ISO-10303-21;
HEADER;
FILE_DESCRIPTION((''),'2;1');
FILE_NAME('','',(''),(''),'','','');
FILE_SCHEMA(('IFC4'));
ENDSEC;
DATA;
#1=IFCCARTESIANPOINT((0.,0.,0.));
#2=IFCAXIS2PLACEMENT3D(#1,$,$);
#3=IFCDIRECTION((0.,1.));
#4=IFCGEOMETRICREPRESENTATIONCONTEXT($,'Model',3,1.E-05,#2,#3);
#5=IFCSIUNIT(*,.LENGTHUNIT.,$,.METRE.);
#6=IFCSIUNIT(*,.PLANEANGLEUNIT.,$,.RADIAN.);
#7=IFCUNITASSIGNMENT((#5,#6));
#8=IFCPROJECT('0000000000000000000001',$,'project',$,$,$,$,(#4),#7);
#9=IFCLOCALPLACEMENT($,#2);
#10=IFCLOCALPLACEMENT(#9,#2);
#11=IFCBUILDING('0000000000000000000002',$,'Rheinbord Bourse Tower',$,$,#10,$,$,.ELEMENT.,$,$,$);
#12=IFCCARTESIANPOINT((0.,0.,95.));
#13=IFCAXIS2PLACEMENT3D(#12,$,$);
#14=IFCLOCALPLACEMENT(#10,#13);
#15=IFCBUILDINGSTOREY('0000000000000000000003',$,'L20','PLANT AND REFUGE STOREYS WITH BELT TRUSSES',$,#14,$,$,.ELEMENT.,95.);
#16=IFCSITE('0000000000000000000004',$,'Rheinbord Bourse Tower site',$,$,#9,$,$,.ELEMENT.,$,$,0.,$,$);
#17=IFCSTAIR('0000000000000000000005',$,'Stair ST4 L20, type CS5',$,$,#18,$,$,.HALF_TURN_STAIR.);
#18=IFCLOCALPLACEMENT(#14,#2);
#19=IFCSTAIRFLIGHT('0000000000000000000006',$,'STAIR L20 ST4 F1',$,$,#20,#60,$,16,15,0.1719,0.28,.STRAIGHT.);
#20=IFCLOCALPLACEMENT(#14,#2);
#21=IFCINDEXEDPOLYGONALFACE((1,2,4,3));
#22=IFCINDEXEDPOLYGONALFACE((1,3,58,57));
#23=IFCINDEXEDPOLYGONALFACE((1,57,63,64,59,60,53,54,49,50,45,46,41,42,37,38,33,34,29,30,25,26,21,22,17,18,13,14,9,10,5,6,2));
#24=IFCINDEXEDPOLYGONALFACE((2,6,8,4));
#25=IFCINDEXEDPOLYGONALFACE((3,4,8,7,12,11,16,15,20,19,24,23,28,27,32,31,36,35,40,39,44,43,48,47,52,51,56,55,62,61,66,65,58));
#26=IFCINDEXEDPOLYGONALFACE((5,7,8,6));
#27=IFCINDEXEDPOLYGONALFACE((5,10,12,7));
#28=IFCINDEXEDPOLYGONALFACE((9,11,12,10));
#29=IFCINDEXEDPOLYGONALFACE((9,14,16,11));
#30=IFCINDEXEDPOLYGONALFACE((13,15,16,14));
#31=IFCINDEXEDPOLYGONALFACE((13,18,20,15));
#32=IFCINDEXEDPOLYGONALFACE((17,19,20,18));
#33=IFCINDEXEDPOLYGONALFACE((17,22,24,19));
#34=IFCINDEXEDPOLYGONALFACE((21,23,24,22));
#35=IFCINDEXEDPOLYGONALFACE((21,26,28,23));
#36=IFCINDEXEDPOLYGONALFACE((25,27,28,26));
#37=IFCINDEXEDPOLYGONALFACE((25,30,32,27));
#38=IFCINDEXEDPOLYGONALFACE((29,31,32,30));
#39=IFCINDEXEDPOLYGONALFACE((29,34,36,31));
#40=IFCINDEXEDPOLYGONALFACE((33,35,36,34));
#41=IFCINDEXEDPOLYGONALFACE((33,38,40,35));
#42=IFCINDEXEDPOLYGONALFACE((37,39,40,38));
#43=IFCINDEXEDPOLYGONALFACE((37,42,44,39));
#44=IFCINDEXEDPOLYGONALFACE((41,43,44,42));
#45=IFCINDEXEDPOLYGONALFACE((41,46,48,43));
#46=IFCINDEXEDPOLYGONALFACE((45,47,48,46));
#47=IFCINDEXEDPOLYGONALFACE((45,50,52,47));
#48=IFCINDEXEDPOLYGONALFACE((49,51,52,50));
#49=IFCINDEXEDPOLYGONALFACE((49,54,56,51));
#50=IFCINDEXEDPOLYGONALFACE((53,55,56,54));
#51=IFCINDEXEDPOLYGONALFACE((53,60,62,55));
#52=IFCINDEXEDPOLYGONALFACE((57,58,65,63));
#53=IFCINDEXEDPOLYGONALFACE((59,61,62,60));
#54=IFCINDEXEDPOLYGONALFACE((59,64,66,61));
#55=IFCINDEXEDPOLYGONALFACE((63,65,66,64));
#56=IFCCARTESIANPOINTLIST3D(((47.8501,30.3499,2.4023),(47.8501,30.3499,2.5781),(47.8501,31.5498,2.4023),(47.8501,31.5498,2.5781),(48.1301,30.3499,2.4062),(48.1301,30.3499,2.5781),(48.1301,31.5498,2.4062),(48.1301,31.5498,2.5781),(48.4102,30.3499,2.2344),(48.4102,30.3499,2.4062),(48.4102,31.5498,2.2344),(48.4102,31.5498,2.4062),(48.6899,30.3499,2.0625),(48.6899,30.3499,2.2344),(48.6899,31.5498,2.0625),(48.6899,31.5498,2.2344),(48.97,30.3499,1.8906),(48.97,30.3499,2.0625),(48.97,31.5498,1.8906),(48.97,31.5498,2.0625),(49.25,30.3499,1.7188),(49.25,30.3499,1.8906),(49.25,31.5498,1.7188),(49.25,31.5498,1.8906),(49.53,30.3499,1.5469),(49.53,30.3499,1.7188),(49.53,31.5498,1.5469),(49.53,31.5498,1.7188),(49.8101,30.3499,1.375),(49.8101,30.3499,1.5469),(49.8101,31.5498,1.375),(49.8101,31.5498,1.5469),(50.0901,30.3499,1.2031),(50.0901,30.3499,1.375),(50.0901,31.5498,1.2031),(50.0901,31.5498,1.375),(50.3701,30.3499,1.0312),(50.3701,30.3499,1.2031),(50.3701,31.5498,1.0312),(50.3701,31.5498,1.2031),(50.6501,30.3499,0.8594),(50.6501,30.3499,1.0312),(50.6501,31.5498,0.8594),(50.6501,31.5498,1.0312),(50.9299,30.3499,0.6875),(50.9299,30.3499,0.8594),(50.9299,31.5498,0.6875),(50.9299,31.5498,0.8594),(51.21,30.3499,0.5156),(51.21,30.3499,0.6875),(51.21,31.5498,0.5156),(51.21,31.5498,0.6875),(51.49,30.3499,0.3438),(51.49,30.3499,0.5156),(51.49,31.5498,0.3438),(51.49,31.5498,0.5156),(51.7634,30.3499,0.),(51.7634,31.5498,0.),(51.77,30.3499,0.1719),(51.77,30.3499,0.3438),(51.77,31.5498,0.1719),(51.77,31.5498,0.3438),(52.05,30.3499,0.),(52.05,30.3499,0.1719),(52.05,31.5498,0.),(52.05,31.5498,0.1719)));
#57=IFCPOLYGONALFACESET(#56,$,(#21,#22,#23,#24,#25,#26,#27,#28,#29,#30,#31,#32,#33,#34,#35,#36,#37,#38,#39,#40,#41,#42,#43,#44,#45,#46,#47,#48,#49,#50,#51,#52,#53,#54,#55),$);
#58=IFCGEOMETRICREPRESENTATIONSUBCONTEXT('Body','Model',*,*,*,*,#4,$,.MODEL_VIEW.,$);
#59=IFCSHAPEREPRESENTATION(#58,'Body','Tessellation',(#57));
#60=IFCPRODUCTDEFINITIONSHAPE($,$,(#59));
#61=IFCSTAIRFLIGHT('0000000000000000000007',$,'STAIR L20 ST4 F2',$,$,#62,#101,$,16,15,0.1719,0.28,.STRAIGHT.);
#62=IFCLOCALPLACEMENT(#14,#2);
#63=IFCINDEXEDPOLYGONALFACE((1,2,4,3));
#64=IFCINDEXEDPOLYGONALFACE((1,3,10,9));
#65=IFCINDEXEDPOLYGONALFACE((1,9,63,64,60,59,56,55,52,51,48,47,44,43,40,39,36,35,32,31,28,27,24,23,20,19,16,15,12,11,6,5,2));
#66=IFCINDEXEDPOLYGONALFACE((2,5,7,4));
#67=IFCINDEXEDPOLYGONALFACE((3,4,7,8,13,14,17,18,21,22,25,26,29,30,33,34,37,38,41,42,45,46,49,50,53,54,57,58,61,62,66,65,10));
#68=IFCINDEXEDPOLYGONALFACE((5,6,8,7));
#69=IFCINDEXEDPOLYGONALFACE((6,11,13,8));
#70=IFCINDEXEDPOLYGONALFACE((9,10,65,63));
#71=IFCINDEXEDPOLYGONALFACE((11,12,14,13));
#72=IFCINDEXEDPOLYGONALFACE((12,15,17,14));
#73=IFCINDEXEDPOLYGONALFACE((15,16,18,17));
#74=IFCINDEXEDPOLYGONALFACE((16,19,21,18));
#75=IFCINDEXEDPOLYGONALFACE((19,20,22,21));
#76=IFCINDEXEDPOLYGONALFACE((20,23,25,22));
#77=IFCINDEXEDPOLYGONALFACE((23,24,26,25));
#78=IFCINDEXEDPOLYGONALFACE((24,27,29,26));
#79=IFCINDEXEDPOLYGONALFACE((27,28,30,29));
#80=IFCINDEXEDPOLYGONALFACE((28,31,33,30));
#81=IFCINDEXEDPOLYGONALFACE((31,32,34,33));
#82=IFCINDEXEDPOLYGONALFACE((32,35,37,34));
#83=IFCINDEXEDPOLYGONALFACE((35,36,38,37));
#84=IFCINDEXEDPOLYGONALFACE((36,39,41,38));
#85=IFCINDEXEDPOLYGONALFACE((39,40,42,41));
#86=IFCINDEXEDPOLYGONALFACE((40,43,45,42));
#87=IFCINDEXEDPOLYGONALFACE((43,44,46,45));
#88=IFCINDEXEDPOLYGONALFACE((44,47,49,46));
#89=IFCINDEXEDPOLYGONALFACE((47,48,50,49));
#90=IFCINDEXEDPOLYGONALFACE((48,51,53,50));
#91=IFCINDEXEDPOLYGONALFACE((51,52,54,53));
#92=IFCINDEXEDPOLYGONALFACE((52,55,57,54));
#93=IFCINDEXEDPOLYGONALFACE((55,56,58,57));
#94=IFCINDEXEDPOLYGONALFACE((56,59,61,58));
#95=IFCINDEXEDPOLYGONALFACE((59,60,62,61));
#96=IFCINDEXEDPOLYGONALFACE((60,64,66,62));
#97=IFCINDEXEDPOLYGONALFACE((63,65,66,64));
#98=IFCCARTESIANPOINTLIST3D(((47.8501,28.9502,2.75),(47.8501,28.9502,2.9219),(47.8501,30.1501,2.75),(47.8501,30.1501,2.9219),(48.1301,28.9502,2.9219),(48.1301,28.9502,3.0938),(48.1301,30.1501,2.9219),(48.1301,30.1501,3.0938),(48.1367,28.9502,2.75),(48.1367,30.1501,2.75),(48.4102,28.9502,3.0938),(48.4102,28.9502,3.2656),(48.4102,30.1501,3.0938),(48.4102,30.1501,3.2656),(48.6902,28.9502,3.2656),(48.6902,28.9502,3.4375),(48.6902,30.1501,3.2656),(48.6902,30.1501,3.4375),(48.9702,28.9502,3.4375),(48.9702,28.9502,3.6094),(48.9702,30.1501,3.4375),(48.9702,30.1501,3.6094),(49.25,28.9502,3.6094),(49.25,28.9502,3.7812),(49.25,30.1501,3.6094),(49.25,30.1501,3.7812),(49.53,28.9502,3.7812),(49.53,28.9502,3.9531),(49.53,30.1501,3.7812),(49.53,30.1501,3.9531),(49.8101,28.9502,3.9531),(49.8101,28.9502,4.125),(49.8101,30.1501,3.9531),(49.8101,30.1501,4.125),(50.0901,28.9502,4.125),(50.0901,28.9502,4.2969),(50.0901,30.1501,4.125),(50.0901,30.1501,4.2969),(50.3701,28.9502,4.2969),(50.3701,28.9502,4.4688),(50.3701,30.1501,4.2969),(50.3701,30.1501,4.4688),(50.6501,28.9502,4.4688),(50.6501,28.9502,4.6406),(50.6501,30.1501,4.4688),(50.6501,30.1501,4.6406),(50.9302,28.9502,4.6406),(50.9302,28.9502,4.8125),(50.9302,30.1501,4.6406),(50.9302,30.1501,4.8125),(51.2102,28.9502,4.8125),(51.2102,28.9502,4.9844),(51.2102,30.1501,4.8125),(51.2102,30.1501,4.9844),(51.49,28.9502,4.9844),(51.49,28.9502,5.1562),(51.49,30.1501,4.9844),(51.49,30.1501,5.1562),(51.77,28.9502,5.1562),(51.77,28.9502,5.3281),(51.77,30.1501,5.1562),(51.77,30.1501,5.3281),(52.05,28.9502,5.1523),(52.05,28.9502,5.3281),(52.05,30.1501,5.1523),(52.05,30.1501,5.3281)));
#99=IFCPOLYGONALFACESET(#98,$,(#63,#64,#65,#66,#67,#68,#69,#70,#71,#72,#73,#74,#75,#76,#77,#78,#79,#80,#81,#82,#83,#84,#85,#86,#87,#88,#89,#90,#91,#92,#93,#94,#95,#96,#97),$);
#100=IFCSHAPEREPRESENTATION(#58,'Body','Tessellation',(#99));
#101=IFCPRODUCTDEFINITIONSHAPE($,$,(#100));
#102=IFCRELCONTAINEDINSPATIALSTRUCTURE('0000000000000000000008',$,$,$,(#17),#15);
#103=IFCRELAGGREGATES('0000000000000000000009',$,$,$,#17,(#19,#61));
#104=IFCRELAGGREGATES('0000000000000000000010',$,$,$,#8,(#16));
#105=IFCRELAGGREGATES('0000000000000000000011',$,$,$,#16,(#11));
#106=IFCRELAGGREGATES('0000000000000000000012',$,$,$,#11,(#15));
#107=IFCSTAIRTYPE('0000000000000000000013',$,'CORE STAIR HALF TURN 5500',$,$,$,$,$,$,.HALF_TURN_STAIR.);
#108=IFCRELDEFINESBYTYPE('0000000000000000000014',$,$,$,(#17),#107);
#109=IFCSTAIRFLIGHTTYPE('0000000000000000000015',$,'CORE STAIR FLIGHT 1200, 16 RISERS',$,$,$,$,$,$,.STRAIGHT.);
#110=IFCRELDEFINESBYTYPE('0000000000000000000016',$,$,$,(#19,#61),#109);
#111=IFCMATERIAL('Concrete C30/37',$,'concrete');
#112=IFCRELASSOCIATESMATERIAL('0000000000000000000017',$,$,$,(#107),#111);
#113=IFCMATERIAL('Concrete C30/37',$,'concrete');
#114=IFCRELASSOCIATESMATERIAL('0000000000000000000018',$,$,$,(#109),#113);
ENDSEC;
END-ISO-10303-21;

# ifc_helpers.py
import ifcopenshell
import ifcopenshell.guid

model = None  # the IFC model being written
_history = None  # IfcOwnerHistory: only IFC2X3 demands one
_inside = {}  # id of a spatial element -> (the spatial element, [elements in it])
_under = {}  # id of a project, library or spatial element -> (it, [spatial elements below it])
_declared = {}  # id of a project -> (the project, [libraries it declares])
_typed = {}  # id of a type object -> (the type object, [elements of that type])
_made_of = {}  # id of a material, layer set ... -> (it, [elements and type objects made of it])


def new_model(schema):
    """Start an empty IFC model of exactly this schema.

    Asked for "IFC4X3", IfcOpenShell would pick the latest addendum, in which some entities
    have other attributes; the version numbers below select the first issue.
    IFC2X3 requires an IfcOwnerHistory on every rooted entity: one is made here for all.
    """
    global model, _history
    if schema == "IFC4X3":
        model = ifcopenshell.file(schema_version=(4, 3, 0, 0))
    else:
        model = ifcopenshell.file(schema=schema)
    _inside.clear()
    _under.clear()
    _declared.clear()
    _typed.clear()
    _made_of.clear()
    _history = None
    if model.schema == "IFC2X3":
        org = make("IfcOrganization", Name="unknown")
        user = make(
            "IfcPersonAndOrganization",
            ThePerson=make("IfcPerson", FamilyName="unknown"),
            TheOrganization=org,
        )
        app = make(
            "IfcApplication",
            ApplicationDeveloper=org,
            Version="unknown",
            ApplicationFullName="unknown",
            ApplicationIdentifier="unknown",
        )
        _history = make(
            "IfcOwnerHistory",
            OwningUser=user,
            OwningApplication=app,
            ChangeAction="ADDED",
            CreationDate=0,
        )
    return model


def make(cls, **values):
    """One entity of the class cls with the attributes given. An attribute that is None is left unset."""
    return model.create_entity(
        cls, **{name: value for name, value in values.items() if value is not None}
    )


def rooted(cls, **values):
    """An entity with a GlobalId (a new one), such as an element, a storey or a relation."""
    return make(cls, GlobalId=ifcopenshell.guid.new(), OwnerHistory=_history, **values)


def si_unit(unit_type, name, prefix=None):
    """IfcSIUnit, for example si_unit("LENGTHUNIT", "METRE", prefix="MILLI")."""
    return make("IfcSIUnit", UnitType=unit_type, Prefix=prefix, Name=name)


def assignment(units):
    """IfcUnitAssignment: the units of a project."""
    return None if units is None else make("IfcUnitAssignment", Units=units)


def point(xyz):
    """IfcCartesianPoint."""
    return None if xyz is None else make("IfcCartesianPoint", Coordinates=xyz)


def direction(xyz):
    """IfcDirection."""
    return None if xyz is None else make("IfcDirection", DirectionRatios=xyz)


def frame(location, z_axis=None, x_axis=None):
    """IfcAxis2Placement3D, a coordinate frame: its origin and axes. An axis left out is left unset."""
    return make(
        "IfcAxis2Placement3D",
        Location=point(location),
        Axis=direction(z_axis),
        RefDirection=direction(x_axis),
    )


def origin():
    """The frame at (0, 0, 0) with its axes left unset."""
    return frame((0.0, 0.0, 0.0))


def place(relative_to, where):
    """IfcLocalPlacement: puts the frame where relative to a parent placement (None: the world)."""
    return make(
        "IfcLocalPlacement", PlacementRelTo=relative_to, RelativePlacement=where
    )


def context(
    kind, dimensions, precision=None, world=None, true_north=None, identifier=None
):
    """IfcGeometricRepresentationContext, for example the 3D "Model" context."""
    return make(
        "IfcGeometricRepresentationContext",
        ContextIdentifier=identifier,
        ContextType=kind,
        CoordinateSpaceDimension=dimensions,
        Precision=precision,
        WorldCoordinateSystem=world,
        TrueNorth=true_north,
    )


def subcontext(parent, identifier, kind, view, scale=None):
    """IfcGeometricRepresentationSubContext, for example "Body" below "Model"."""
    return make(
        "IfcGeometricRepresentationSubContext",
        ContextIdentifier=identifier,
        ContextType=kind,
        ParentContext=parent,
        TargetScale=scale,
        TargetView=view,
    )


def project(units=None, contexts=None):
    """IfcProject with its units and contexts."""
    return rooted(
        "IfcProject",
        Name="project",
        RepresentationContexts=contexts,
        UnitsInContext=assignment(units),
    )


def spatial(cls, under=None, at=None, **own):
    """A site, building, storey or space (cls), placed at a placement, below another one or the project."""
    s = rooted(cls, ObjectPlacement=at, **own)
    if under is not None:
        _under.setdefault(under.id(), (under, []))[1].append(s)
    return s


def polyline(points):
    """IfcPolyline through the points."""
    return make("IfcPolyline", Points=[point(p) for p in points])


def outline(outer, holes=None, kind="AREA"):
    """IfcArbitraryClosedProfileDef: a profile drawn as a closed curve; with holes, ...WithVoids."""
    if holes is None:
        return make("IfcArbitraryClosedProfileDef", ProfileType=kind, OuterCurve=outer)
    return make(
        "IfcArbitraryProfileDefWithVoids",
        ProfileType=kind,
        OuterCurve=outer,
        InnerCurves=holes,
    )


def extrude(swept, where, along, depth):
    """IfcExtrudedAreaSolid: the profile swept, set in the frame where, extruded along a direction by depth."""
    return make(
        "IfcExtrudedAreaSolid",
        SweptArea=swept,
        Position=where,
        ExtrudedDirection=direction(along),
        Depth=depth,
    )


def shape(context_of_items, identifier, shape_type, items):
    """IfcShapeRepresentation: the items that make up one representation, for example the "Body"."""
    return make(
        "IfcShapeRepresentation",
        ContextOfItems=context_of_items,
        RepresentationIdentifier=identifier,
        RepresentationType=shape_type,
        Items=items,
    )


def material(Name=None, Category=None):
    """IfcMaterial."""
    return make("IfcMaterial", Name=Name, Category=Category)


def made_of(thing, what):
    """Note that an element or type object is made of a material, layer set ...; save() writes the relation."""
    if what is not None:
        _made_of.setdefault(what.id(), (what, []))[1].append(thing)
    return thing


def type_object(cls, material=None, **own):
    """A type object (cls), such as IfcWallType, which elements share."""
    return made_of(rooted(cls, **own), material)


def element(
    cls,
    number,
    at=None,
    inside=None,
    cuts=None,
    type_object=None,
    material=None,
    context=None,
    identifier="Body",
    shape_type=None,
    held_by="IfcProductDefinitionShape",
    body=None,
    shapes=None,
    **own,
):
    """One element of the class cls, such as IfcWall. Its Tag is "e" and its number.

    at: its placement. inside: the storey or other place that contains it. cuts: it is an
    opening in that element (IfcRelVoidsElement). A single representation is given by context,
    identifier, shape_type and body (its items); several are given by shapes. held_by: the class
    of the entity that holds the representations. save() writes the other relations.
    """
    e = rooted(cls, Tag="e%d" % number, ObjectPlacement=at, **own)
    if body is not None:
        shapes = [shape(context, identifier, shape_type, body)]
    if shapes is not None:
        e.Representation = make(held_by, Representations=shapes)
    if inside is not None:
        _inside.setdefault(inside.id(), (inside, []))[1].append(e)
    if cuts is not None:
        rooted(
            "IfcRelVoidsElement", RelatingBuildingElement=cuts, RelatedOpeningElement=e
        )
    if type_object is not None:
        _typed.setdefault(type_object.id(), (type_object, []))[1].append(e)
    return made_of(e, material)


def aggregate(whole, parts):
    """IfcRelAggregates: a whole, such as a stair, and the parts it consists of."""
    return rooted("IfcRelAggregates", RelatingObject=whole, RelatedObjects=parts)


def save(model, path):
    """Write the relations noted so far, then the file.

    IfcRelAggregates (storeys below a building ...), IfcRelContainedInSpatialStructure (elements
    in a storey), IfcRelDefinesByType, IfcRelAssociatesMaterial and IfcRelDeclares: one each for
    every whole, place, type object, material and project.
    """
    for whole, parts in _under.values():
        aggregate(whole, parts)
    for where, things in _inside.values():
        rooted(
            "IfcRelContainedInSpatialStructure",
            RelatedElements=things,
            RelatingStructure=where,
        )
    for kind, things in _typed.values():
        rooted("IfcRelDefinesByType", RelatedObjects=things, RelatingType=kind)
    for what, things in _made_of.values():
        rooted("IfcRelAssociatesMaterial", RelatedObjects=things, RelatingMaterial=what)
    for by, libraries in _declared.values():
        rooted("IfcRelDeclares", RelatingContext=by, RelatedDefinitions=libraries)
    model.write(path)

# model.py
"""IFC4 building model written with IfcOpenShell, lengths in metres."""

from ifc_helpers import new_model, si_unit, direction, frame, origin, place, context, subcontext, project, spatial, polyline, outline, extrude, material, type_object, element, aggregate, save


model = new_model("IFC4")

# Units and contexts
model_context = context("Model", 3, precision=1e-05, world=origin(), true_north=direction((0.0, 1.0)))
body_context = subcontext(model_context, "Body", "Model", "MODEL_VIEW")
ifc_project = project(units=[si_unit("LENGTHUNIT", "METRE"), si_unit("PLANEANGLEUNIT", "RADIAN")], contexts=[model_context])

# Site, building, storey
site_placement = place(None, origin())
site = spatial("IfcSite", under=ifc_project, at=site_placement, Name="Rheinbord Bourse Tower site", CompositionType="ELEMENT", RefElevation=0.0)
building_placement = place(site_placement, origin())
building = spatial("IfcBuilding", under=site, at=building_placement, Name="Rheinbord Bourse Tower", CompositionType="ELEMENT")
storey_placement = place(building_placement, frame((0.0, 0.0, 95.0)))
storey = spatial("IfcBuildingStorey", under=building, at=storey_placement, Name="L20", Description="PLANT AND REFUGE STOREYS WITH BELT TRUSSES", CompositionType="ELEMENT", Elevation=95.0)

# Stair, stair flights
ifc_material_1 = material(Name="Concrete C30/37", Category="concrete")
stair_type = type_object("IfcStairType", Name="CORE STAIR HALF TURN 5500", PredefinedType="HALF_TURN_STAIR", material=ifc_material_1)
stair_placement = place(storey_placement, origin())
stair = element("IfcStair", 1, at=stair_placement, inside=storey, type_object=stair_type, Name="Stair ST4 L20, type CS5", PredefinedType="HALF_TURN_STAIR")
ifc_material_2 = material(Name="Concrete C30/37", Category="concrete")
stair_flight_type = type_object("IfcStairFlightType", Name="CORE STAIR FLIGHT 1200, 16 RISERS", PredefinedType="STRAIGHT", material=ifc_material_2)
stair_flight_1_placement = place(storey_placement, frame((52.05, 30.95, 0.0), z_axis=(0.0, 0.0, 1.0), x_axis=(-1.0, 0.0, 0.0)))
stair_flight_1 = element("IfcStairFlight", 2, at=stair_flight_1_placement, type_object=stair_flight_type, Name="STAIR L20 ST4 F1", NumberOfRisers=16, NumberOfTreads=15, PredefinedType="STRAIGHT", RiserHeight=0.1719, TreadLength=0.28, context=body_context, shape_type="SweptSolid", body=[
    extrude(outline(polyline([(0.0, 0.0), (0.0, 0.1719), (0.28, 0.1719), (0.28, 0.3438), (0.5601, 0.3438), (0.5601, 0.5156), (0.8401, 0.5156), (0.8401, 0.6875), (1.1201, 0.6875), (1.1201, 0.8594), (1.3999, 0.8594), (1.3999, 1.0312), (1.6799, 1.0312), (1.6799, 1.2031), (1.96, 1.2031), (1.96, 1.375), (2.24, 1.375), (2.24, 1.5469), (2.52, 1.5469), (2.52, 1.7188), (2.8, 1.7188), (2.8, 1.8906), (3.0801, 1.8906), (3.0801, 2.0625), (3.3601, 2.0625), (3.3601, 2.2344), (3.6399, 2.2344), (3.6399, 2.4062), (3.9199, 2.4062), (3.9199, 2.5781), (4.2, 2.5781), (4.2, 2.75), (4.2, 2.4023), (0.2866, 0.0), (0.0, 0.0)])), frame((0.0, 0.6001, 0.0), z_axis=(0.0, -1.0, 0.0), x_axis=(1.0, 0.0, 0.0)), (0.0, 0.0, 1.0), 1.2),
])
stair_flight_2_placement = place(storey_placement, frame((47.8501, 29.55, 2.75), z_axis=(0.0, 0.0, 1.0), x_axis=(1.0, 0.0, 0.0)))
stair_flight_2 = element("IfcStairFlight", 3, at=stair_flight_2_placement, type_object=stair_flight_type, Name="STAIR L20 ST4 F2", NumberOfRisers=16, NumberOfTreads=15, PredefinedType="STRAIGHT", RiserHeight=0.1719, TreadLength=0.28, context=body_context, shape_type="SweptSolid", body=[
    extrude(outline(polyline([(0.0, 0.0), (0.0, 0.1719), (0.28, 0.1719), (0.28, 0.3438), (0.5601, 0.3438), (0.5601, 0.5156), (0.8401, 0.5156), (0.8401, 0.6875), (1.1201, 0.6875), (1.1201, 0.8594), (1.3999, 0.8594), (1.3999, 1.0312), (1.6799, 1.0312), (1.6799, 1.2031), (1.96, 1.2031), (1.96, 1.375), (2.24, 1.375), (2.24, 1.5469), (2.52, 1.5469), (2.52, 1.7188), (2.8, 1.7188), (2.8, 1.8906), (3.0801, 1.8906), (3.0801, 2.0625), (3.3601, 2.0625), (3.3601, 2.2344), (3.6399, 2.2344), (3.6399, 2.4062), (3.9199, 2.4062), (3.9199, 2.5781), (4.2, 2.5781), (4.2, 2.75), (4.2, 2.4023), (0.2866, 0.0), (0.0, 0.0)])), frame((0.0, 0.6001, 0.0), z_axis=(0.0, -1.0, 0.0), x_axis=(1.0, 0.0, 0.0)), (0.0, 0.0, 1.0), 1.2),
])
aggregate(stair, [stair_flight_1, stair_flight_2])

save(model, "model.ifc")
